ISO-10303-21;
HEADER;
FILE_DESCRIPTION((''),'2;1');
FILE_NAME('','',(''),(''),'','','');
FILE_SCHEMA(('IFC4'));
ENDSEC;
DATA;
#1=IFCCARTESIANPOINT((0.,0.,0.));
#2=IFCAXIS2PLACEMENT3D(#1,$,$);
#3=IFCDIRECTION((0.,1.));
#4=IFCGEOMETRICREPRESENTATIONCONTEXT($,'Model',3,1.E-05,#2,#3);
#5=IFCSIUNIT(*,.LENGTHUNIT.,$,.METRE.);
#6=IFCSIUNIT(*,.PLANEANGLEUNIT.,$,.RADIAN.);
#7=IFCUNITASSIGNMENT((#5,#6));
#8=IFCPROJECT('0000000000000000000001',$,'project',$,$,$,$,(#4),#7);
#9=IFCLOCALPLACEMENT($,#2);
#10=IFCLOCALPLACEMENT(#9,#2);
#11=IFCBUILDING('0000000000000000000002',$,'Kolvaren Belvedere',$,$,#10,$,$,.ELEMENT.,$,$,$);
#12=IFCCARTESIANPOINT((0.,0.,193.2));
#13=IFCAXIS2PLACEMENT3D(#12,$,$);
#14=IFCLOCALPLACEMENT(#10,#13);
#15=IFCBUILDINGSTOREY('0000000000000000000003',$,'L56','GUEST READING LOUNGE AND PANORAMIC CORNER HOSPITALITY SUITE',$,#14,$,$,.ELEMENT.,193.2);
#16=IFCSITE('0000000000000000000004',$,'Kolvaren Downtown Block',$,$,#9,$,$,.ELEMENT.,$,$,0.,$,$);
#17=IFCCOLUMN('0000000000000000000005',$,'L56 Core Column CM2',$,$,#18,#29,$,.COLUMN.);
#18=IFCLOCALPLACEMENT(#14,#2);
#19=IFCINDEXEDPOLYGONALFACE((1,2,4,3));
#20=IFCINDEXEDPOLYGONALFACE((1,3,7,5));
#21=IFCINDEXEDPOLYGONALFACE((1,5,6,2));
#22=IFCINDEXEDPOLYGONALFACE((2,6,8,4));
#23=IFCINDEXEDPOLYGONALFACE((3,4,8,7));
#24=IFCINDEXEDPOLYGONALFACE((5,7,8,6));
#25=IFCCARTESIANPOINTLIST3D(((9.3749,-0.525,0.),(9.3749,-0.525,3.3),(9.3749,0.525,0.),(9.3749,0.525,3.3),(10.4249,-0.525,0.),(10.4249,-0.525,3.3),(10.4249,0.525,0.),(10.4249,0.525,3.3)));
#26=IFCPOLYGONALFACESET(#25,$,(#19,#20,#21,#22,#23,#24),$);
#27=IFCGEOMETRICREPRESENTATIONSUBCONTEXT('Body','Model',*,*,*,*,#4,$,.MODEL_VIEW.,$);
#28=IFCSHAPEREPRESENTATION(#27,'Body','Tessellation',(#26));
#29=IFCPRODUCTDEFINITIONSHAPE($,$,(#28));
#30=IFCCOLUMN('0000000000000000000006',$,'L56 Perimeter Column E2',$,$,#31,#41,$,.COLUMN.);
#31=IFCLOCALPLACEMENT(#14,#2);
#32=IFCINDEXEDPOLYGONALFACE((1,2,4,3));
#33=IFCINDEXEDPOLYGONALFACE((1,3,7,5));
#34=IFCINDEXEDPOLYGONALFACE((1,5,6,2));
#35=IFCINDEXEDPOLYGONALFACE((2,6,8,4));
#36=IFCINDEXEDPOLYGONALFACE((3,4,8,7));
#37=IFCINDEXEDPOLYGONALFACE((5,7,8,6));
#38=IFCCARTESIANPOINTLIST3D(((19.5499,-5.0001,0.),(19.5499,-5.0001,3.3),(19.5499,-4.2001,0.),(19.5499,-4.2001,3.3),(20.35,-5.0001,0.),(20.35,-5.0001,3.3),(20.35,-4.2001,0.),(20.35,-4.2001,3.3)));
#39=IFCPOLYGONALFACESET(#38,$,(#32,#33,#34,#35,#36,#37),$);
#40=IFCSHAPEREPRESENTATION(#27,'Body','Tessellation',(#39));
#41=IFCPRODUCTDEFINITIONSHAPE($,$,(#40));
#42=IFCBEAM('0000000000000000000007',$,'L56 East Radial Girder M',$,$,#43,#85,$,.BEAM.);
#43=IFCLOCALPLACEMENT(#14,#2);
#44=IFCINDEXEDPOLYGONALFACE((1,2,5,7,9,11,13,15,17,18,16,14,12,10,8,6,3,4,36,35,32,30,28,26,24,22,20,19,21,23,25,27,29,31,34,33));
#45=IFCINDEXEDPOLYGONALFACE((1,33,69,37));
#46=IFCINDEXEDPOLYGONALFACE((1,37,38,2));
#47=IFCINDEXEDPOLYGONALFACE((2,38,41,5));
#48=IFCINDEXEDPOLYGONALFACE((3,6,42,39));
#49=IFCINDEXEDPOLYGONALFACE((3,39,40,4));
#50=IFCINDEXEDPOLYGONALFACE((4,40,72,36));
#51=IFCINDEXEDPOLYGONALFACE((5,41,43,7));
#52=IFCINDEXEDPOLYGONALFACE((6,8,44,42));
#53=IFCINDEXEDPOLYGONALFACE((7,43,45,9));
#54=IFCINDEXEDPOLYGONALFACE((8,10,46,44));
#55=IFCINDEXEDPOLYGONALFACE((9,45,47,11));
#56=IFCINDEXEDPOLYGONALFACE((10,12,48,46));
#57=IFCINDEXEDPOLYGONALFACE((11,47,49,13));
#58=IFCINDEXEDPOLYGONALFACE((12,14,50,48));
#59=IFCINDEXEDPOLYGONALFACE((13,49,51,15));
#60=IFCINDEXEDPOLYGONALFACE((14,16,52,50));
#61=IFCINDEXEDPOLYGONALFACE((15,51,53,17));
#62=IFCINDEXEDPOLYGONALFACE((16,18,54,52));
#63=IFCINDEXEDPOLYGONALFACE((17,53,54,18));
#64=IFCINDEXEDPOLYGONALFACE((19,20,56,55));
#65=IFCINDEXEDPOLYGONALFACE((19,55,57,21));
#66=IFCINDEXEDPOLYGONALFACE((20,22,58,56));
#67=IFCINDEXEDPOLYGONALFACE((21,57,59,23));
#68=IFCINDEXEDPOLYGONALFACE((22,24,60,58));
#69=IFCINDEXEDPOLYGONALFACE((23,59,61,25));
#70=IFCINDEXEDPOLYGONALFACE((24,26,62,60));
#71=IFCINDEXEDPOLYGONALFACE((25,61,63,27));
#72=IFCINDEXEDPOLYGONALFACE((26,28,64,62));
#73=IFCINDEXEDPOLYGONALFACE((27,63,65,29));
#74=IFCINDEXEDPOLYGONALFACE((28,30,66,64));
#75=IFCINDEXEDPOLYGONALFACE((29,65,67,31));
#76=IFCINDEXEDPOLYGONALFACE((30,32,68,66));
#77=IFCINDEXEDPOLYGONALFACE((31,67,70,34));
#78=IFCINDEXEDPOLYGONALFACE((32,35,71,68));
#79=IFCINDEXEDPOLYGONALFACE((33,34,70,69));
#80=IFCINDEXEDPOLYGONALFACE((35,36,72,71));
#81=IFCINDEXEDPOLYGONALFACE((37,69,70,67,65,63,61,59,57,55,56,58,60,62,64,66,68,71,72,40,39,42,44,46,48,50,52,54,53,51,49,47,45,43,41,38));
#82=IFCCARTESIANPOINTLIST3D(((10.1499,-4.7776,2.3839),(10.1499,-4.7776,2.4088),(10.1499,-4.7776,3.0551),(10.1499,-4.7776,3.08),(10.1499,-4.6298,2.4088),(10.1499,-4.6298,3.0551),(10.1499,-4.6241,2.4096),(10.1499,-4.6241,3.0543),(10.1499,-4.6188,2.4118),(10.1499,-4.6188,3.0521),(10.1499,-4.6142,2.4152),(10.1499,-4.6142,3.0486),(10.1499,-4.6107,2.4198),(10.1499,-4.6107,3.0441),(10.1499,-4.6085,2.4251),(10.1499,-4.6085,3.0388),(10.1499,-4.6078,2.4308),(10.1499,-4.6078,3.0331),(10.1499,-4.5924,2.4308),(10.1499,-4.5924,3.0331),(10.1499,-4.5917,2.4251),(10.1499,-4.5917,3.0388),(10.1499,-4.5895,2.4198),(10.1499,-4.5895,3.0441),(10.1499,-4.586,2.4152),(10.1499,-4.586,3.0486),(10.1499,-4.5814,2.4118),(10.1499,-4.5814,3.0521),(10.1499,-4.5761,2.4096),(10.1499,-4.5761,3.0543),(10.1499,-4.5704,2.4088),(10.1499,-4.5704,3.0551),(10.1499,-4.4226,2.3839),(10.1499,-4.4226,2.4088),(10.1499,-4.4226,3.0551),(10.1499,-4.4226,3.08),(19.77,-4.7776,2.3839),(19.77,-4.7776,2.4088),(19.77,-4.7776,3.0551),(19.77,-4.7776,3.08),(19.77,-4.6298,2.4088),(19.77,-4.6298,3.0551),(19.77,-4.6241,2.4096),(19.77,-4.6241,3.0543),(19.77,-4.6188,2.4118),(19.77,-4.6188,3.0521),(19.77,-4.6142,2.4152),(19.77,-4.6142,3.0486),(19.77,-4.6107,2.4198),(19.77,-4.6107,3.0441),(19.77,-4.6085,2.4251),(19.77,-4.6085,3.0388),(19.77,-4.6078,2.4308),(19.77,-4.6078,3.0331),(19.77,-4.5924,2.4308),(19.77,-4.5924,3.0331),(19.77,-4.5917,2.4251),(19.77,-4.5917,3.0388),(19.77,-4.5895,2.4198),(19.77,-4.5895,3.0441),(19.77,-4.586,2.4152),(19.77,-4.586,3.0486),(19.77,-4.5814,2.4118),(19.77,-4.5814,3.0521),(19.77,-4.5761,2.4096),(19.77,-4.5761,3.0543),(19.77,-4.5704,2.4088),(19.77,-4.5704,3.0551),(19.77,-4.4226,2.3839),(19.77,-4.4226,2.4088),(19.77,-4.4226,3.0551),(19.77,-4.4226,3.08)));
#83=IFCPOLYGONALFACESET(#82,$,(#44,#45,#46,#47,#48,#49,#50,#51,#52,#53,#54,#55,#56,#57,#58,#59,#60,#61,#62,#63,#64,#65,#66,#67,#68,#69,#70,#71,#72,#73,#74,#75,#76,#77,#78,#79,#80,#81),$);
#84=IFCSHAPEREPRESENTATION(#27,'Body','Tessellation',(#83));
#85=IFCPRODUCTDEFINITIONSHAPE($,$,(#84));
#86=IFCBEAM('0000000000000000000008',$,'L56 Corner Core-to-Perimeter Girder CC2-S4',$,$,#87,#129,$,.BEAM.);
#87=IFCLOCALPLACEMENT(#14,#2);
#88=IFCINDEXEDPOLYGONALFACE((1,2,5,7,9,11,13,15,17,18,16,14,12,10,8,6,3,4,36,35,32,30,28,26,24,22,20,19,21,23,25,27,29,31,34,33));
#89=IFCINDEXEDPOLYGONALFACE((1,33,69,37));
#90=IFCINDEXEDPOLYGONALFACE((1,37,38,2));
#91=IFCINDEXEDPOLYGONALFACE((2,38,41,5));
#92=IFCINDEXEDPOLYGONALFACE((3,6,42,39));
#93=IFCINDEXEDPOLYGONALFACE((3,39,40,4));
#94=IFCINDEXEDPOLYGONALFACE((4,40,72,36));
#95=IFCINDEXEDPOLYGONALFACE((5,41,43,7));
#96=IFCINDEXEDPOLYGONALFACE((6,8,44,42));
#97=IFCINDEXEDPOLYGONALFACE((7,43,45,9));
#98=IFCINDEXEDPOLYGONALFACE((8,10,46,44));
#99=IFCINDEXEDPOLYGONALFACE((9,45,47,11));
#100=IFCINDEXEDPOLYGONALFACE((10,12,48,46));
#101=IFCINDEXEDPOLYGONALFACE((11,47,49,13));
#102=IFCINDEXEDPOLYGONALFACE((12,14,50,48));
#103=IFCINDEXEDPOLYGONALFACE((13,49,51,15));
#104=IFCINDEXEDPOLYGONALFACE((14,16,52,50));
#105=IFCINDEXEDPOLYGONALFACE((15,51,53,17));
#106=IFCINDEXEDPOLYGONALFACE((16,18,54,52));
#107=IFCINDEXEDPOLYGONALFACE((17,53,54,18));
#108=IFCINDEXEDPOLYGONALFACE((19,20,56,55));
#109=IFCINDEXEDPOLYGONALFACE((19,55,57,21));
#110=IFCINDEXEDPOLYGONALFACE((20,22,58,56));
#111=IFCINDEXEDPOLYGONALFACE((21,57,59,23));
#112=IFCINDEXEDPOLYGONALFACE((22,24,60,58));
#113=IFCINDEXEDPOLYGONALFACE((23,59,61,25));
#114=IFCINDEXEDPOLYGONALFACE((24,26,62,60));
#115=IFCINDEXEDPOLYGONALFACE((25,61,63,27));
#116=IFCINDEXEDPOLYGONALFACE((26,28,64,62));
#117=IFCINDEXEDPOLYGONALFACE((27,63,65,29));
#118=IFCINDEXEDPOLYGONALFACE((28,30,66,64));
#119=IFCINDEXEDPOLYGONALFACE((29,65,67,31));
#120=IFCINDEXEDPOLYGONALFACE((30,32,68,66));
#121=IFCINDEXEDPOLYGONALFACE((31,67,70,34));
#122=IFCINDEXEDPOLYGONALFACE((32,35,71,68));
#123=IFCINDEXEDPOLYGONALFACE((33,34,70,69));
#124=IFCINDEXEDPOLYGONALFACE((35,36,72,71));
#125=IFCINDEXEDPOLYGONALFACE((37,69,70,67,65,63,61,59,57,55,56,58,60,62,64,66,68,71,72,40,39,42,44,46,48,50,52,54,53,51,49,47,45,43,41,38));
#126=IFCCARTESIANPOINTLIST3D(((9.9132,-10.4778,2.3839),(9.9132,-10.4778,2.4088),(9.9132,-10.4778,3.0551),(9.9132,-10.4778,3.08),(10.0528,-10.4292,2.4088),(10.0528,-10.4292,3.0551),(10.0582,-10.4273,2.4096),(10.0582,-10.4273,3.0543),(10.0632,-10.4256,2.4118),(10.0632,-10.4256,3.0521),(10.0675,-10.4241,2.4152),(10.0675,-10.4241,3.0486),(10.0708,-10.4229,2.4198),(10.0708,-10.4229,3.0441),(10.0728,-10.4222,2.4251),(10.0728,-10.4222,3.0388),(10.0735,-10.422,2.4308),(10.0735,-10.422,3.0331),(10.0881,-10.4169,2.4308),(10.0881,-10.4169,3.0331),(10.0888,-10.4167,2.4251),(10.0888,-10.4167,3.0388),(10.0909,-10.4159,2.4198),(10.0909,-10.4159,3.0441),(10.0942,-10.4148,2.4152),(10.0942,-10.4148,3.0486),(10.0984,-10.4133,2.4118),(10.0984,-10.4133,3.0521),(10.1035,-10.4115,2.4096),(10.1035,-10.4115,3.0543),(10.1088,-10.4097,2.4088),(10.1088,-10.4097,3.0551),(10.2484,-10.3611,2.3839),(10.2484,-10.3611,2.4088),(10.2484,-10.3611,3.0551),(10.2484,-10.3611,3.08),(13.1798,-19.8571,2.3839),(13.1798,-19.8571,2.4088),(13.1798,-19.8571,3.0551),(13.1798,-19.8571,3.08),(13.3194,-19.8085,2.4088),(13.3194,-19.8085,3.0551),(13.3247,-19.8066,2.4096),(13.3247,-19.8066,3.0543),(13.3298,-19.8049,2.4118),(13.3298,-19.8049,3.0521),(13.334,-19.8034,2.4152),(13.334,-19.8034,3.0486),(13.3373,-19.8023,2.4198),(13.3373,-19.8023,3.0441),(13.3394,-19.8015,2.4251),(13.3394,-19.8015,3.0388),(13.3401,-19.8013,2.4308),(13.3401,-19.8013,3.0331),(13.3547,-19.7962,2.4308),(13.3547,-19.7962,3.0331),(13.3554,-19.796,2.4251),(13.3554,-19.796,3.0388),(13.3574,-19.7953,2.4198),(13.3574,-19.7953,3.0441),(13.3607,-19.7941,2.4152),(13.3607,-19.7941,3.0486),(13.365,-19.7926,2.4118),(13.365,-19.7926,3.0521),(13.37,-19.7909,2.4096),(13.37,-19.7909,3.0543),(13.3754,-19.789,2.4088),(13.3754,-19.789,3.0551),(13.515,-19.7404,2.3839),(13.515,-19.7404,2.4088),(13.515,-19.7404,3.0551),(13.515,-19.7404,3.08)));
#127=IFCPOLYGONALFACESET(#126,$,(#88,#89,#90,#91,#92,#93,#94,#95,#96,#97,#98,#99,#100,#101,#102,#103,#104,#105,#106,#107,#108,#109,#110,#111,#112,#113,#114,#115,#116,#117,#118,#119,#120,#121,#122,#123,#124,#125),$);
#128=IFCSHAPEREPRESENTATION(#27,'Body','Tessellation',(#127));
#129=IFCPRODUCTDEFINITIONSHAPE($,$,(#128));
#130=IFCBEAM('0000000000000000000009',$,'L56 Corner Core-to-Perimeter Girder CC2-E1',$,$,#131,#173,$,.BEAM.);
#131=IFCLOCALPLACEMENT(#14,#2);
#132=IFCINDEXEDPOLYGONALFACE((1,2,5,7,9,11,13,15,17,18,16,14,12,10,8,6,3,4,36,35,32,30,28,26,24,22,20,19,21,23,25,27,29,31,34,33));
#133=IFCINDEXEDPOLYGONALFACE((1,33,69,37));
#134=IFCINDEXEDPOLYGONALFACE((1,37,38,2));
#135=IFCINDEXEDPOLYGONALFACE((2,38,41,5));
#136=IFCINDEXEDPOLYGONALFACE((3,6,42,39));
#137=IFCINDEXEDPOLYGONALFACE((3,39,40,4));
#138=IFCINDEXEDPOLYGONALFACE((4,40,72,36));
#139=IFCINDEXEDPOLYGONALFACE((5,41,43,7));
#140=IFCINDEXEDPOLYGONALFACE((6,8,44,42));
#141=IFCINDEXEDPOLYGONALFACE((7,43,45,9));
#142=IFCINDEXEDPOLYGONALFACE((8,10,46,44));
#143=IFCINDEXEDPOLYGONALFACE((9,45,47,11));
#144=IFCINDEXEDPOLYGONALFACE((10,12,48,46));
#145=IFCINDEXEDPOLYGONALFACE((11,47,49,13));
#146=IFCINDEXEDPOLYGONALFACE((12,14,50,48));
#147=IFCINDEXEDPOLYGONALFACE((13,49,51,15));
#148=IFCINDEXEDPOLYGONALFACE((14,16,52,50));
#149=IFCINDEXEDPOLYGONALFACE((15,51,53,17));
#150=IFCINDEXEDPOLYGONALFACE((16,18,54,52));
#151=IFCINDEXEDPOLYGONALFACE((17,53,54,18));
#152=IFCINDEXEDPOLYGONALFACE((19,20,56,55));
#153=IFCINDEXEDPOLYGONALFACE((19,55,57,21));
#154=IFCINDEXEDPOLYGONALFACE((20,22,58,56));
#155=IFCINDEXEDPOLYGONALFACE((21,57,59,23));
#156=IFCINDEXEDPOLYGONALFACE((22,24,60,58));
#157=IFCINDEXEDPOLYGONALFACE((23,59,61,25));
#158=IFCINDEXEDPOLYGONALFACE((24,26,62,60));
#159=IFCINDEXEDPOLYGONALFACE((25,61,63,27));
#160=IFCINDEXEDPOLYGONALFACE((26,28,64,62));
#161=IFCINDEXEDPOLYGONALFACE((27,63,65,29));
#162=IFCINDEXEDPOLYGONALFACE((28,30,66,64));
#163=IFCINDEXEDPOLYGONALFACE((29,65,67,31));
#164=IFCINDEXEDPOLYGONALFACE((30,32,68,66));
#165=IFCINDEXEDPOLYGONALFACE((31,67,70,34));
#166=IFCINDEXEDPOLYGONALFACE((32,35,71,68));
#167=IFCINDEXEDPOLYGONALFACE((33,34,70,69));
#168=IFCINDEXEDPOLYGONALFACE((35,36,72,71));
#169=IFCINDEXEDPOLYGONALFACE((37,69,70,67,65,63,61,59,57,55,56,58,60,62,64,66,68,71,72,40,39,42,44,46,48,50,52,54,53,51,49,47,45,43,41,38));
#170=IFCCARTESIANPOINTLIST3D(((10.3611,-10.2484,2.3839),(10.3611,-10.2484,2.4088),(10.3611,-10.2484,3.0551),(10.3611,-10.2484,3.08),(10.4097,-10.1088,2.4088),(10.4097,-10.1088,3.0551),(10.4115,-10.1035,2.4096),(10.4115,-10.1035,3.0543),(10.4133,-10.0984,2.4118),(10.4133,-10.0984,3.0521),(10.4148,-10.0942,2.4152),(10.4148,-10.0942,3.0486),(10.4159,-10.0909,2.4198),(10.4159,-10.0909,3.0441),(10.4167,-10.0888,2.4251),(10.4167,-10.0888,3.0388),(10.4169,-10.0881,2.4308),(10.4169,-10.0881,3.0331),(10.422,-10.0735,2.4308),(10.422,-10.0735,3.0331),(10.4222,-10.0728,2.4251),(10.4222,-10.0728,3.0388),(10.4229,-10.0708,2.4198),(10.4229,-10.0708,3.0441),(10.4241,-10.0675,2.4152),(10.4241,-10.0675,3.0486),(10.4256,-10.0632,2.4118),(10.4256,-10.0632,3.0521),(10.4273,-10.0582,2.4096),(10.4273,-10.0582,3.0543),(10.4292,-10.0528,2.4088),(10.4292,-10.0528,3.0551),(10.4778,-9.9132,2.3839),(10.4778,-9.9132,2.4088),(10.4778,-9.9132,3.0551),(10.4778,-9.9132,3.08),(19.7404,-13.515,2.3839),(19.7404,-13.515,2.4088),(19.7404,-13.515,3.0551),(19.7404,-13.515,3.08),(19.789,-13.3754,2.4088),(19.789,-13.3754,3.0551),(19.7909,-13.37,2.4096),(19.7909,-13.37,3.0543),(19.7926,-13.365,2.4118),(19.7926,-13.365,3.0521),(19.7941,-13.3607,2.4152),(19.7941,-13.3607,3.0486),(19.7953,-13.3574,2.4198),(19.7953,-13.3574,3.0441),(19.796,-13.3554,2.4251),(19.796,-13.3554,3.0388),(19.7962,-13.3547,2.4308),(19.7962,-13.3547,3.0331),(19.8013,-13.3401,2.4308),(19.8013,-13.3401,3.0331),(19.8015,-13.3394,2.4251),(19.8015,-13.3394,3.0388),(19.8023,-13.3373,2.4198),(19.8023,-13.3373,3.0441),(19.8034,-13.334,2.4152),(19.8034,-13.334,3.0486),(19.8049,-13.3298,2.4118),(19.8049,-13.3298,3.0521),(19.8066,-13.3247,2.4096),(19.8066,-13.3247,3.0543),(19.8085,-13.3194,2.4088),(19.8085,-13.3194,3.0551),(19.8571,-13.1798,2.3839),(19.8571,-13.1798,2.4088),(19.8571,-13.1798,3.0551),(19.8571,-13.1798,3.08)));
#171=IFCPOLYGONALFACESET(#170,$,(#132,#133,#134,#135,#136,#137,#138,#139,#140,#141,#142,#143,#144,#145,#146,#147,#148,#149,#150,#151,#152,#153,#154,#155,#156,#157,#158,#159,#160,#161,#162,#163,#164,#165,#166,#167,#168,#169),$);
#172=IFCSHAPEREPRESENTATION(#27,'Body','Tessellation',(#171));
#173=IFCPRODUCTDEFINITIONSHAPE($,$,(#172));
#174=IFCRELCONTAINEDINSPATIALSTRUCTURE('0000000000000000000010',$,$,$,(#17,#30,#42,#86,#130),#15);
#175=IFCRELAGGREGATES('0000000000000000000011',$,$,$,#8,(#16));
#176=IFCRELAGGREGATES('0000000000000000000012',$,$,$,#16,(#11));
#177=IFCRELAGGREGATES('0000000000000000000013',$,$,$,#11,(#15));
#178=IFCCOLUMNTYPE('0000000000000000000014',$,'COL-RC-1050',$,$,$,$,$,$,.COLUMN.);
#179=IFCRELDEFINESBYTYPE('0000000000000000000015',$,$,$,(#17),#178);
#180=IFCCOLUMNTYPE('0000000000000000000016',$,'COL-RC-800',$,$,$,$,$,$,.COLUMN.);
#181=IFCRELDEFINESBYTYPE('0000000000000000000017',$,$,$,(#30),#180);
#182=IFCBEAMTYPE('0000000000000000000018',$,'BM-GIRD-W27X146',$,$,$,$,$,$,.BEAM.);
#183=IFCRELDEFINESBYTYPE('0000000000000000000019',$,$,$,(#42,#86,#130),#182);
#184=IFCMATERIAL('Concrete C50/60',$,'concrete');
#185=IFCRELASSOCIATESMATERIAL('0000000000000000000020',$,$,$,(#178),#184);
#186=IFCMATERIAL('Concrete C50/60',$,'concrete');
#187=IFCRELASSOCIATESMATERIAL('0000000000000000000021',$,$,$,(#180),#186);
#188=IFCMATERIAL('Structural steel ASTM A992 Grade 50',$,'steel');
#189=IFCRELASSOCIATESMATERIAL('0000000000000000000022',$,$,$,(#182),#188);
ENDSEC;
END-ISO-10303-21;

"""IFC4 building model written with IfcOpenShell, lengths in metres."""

from ifc_helpers import new_model, si_unit, direction, frame, origin, origin_2d, place, context, subcontext, project, spatial, rectangle, i_section, extrude, material, material_profile, profile_set, type_object, element, save


model = new_model("IFC4")

# Units and contexts
model_context = context("Model", 3, precision=1e-05, world=origin(), true_north=direction((0.0, 1.0)))
body_context = subcontext(model_context, "Body", "Model", "MODEL_VIEW")
ifc_project = project(units=[si_unit("LENGTHUNIT", "METRE"), si_unit("PLANEANGLEUNIT", "RADIAN")], contexts=[model_context])

# Site, building, storey
site_placement = place(None, origin())
site = spatial("IfcSite", under=ifc_project, at=site_placement, Name="Kolvaren Downtown Block", CompositionType="ELEMENT", RefElevation=0.0)
building_placement = place(site_placement, origin())
building = spatial("IfcBuilding", under=site, at=building_placement, Name="Kolvaren Belvedere", CompositionType="ELEMENT")
storey_placement = place(building_placement, frame((0.0, 0.0, 193.2)))
storey = spatial("IfcBuildingStorey", under=building, at=storey_placement, Name="L56", Description="GUEST READING LOUNGE AND PANORAMIC CORNER HOSPITALITY SUITE", CompositionType="ELEMENT", Elevation=193.2)

# Columns
ifc_material_1 = material(Name="Concrete C50/60", Category="concrete")
ifc_material_profile_1 = material_profile(ifc_material_1, rectangle(XDim=1.05, YDim=1.05, at=origin_2d()), Name="RC 1050X1050")
ifc_profile_set_1 = profile_set([ifc_material_profile_1], Name="Concrete C50/60")
column_type_1 = type_object("IfcColumnType", Name="COL-RC-1050", PredefinedType="COLUMN", material=ifc_profile_set_1)
column_1_placement = place(storey_placement, frame((9.8999, 0.0, 0.0), z_axis=(0.0, 0.0, 1.0), x_axis=(1.0, 0.0, 0.0)))
element("IfcColumn", 1, at=column_1_placement, inside=storey, type_object=column_type_1, Name="L56 Core Column CM2", PredefinedType="COLUMN", context=body_context, shape_type="SweptSolid", body=[
    extrude(rectangle(XDim=1.05, YDim=1.05, at=origin_2d()), origin(), (0.0, 0.0, 1.0), 3.3),
])
ifc_material_2 = material(Name="Concrete C50/60", Category="concrete")
ifc_material_profile_2 = material_profile(ifc_material_2, rectangle(XDim=0.8, YDim=0.8, at=origin_2d()), Name="RC 800X800")
ifc_profile_set_2 = profile_set([ifc_material_profile_2], Name="Concrete C50/60")
column_type_2 = type_object("IfcColumnType", Name="COL-RC-800", PredefinedType="COLUMN", material=ifc_profile_set_2)
column_2_placement = place(storey_placement, frame((19.95, -4.6001, 0.0), z_axis=(0.0, 0.0, 1.0), x_axis=(1.0, 0.0, 0.0)))
element("IfcColumn", 2, at=column_2_placement, inside=storey, type_object=column_type_2, Name="L56 Perimeter Column E2", PredefinedType="COLUMN", context=body_context, shape_type="SweptSolid", body=[
    extrude(rectangle(XDim=0.8, YDim=0.8, at=origin_2d()), origin(), (0.0, 0.0, 1.0), 3.3),
])

# Beams
ifc_material_3 = material(Name="Structural steel ASTM A992 Grade 50", Category="steel")
ifc_material_profile_3 = material_profile(ifc_material_3, i_section(OverallWidth=0.355, OverallDepth=0.696, WebThickness=0.0154, FlangeThickness=0.0249, FilletRadius=0.022, at=origin_2d()), Name="W27X146")
ifc_profile_set_3 = profile_set([ifc_material_profile_3], Name="Structural steel ASTM A992 Grade 50")
beam_type_1 = type_object("IfcBeamType", Name="BM-GIRD-W27X146", PredefinedType="BEAM", material=ifc_profile_set_3)
beam_1_placement = place(storey_placement, frame((10.1499, -4.6001, 2.7319), z_axis=(1.0, 0.0, 0.0), x_axis=(0.0, 1.0, 0.0)))
element("IfcBeam", 3, at=beam_1_placement, inside=storey, type_object=beam_type_1, Name="L56 East Radial Girder M", PredefinedType="BEAM", context=body_context, shape_type="SweptSolid", body=[
    extrude(i_section(OverallWidth=0.355, OverallDepth=0.696, WebThickness=0.0154, FlangeThickness=0.0249, FilletRadius=0.022, at=origin_2d()), origin(), (0.0, 0.0, 1.0), 9.6201),
])
for number, where, z_axis, x_axis, name in (
    (4, (10.0808, -10.4194, 2.7319), (0.328898, -0.944365, 0.0), (0.944365, 0.328898, 0.0), "L56 Corner Core-to-Perimeter Girder CC2-S4"),
    (5, (10.4194, -10.0808, 2.7319), (0.944365, -0.328898, 0.0), (0.328898, 0.944365, 0.0), "L56 Corner Core-to-Perimeter Girder CC2-E1"),
):
    element("IfcBeam", number, at=place(storey_placement, frame(where, z_axis=z_axis, x_axis=x_axis)), inside=storey, type_object=beam_type_1, Name=name, PredefinedType="BEAM", context=body_context, shape_type="SweptSolid", body=[
        extrude(i_section(OverallWidth=0.355, OverallDepth=0.696, WebThickness=0.0154, FlangeThickness=0.0249, FilletRadius=0.022, at=origin_2d()), origin(), (0.0, 0.0, 1.0), 9.9319),
    ])

save(model, "model.ifc")
